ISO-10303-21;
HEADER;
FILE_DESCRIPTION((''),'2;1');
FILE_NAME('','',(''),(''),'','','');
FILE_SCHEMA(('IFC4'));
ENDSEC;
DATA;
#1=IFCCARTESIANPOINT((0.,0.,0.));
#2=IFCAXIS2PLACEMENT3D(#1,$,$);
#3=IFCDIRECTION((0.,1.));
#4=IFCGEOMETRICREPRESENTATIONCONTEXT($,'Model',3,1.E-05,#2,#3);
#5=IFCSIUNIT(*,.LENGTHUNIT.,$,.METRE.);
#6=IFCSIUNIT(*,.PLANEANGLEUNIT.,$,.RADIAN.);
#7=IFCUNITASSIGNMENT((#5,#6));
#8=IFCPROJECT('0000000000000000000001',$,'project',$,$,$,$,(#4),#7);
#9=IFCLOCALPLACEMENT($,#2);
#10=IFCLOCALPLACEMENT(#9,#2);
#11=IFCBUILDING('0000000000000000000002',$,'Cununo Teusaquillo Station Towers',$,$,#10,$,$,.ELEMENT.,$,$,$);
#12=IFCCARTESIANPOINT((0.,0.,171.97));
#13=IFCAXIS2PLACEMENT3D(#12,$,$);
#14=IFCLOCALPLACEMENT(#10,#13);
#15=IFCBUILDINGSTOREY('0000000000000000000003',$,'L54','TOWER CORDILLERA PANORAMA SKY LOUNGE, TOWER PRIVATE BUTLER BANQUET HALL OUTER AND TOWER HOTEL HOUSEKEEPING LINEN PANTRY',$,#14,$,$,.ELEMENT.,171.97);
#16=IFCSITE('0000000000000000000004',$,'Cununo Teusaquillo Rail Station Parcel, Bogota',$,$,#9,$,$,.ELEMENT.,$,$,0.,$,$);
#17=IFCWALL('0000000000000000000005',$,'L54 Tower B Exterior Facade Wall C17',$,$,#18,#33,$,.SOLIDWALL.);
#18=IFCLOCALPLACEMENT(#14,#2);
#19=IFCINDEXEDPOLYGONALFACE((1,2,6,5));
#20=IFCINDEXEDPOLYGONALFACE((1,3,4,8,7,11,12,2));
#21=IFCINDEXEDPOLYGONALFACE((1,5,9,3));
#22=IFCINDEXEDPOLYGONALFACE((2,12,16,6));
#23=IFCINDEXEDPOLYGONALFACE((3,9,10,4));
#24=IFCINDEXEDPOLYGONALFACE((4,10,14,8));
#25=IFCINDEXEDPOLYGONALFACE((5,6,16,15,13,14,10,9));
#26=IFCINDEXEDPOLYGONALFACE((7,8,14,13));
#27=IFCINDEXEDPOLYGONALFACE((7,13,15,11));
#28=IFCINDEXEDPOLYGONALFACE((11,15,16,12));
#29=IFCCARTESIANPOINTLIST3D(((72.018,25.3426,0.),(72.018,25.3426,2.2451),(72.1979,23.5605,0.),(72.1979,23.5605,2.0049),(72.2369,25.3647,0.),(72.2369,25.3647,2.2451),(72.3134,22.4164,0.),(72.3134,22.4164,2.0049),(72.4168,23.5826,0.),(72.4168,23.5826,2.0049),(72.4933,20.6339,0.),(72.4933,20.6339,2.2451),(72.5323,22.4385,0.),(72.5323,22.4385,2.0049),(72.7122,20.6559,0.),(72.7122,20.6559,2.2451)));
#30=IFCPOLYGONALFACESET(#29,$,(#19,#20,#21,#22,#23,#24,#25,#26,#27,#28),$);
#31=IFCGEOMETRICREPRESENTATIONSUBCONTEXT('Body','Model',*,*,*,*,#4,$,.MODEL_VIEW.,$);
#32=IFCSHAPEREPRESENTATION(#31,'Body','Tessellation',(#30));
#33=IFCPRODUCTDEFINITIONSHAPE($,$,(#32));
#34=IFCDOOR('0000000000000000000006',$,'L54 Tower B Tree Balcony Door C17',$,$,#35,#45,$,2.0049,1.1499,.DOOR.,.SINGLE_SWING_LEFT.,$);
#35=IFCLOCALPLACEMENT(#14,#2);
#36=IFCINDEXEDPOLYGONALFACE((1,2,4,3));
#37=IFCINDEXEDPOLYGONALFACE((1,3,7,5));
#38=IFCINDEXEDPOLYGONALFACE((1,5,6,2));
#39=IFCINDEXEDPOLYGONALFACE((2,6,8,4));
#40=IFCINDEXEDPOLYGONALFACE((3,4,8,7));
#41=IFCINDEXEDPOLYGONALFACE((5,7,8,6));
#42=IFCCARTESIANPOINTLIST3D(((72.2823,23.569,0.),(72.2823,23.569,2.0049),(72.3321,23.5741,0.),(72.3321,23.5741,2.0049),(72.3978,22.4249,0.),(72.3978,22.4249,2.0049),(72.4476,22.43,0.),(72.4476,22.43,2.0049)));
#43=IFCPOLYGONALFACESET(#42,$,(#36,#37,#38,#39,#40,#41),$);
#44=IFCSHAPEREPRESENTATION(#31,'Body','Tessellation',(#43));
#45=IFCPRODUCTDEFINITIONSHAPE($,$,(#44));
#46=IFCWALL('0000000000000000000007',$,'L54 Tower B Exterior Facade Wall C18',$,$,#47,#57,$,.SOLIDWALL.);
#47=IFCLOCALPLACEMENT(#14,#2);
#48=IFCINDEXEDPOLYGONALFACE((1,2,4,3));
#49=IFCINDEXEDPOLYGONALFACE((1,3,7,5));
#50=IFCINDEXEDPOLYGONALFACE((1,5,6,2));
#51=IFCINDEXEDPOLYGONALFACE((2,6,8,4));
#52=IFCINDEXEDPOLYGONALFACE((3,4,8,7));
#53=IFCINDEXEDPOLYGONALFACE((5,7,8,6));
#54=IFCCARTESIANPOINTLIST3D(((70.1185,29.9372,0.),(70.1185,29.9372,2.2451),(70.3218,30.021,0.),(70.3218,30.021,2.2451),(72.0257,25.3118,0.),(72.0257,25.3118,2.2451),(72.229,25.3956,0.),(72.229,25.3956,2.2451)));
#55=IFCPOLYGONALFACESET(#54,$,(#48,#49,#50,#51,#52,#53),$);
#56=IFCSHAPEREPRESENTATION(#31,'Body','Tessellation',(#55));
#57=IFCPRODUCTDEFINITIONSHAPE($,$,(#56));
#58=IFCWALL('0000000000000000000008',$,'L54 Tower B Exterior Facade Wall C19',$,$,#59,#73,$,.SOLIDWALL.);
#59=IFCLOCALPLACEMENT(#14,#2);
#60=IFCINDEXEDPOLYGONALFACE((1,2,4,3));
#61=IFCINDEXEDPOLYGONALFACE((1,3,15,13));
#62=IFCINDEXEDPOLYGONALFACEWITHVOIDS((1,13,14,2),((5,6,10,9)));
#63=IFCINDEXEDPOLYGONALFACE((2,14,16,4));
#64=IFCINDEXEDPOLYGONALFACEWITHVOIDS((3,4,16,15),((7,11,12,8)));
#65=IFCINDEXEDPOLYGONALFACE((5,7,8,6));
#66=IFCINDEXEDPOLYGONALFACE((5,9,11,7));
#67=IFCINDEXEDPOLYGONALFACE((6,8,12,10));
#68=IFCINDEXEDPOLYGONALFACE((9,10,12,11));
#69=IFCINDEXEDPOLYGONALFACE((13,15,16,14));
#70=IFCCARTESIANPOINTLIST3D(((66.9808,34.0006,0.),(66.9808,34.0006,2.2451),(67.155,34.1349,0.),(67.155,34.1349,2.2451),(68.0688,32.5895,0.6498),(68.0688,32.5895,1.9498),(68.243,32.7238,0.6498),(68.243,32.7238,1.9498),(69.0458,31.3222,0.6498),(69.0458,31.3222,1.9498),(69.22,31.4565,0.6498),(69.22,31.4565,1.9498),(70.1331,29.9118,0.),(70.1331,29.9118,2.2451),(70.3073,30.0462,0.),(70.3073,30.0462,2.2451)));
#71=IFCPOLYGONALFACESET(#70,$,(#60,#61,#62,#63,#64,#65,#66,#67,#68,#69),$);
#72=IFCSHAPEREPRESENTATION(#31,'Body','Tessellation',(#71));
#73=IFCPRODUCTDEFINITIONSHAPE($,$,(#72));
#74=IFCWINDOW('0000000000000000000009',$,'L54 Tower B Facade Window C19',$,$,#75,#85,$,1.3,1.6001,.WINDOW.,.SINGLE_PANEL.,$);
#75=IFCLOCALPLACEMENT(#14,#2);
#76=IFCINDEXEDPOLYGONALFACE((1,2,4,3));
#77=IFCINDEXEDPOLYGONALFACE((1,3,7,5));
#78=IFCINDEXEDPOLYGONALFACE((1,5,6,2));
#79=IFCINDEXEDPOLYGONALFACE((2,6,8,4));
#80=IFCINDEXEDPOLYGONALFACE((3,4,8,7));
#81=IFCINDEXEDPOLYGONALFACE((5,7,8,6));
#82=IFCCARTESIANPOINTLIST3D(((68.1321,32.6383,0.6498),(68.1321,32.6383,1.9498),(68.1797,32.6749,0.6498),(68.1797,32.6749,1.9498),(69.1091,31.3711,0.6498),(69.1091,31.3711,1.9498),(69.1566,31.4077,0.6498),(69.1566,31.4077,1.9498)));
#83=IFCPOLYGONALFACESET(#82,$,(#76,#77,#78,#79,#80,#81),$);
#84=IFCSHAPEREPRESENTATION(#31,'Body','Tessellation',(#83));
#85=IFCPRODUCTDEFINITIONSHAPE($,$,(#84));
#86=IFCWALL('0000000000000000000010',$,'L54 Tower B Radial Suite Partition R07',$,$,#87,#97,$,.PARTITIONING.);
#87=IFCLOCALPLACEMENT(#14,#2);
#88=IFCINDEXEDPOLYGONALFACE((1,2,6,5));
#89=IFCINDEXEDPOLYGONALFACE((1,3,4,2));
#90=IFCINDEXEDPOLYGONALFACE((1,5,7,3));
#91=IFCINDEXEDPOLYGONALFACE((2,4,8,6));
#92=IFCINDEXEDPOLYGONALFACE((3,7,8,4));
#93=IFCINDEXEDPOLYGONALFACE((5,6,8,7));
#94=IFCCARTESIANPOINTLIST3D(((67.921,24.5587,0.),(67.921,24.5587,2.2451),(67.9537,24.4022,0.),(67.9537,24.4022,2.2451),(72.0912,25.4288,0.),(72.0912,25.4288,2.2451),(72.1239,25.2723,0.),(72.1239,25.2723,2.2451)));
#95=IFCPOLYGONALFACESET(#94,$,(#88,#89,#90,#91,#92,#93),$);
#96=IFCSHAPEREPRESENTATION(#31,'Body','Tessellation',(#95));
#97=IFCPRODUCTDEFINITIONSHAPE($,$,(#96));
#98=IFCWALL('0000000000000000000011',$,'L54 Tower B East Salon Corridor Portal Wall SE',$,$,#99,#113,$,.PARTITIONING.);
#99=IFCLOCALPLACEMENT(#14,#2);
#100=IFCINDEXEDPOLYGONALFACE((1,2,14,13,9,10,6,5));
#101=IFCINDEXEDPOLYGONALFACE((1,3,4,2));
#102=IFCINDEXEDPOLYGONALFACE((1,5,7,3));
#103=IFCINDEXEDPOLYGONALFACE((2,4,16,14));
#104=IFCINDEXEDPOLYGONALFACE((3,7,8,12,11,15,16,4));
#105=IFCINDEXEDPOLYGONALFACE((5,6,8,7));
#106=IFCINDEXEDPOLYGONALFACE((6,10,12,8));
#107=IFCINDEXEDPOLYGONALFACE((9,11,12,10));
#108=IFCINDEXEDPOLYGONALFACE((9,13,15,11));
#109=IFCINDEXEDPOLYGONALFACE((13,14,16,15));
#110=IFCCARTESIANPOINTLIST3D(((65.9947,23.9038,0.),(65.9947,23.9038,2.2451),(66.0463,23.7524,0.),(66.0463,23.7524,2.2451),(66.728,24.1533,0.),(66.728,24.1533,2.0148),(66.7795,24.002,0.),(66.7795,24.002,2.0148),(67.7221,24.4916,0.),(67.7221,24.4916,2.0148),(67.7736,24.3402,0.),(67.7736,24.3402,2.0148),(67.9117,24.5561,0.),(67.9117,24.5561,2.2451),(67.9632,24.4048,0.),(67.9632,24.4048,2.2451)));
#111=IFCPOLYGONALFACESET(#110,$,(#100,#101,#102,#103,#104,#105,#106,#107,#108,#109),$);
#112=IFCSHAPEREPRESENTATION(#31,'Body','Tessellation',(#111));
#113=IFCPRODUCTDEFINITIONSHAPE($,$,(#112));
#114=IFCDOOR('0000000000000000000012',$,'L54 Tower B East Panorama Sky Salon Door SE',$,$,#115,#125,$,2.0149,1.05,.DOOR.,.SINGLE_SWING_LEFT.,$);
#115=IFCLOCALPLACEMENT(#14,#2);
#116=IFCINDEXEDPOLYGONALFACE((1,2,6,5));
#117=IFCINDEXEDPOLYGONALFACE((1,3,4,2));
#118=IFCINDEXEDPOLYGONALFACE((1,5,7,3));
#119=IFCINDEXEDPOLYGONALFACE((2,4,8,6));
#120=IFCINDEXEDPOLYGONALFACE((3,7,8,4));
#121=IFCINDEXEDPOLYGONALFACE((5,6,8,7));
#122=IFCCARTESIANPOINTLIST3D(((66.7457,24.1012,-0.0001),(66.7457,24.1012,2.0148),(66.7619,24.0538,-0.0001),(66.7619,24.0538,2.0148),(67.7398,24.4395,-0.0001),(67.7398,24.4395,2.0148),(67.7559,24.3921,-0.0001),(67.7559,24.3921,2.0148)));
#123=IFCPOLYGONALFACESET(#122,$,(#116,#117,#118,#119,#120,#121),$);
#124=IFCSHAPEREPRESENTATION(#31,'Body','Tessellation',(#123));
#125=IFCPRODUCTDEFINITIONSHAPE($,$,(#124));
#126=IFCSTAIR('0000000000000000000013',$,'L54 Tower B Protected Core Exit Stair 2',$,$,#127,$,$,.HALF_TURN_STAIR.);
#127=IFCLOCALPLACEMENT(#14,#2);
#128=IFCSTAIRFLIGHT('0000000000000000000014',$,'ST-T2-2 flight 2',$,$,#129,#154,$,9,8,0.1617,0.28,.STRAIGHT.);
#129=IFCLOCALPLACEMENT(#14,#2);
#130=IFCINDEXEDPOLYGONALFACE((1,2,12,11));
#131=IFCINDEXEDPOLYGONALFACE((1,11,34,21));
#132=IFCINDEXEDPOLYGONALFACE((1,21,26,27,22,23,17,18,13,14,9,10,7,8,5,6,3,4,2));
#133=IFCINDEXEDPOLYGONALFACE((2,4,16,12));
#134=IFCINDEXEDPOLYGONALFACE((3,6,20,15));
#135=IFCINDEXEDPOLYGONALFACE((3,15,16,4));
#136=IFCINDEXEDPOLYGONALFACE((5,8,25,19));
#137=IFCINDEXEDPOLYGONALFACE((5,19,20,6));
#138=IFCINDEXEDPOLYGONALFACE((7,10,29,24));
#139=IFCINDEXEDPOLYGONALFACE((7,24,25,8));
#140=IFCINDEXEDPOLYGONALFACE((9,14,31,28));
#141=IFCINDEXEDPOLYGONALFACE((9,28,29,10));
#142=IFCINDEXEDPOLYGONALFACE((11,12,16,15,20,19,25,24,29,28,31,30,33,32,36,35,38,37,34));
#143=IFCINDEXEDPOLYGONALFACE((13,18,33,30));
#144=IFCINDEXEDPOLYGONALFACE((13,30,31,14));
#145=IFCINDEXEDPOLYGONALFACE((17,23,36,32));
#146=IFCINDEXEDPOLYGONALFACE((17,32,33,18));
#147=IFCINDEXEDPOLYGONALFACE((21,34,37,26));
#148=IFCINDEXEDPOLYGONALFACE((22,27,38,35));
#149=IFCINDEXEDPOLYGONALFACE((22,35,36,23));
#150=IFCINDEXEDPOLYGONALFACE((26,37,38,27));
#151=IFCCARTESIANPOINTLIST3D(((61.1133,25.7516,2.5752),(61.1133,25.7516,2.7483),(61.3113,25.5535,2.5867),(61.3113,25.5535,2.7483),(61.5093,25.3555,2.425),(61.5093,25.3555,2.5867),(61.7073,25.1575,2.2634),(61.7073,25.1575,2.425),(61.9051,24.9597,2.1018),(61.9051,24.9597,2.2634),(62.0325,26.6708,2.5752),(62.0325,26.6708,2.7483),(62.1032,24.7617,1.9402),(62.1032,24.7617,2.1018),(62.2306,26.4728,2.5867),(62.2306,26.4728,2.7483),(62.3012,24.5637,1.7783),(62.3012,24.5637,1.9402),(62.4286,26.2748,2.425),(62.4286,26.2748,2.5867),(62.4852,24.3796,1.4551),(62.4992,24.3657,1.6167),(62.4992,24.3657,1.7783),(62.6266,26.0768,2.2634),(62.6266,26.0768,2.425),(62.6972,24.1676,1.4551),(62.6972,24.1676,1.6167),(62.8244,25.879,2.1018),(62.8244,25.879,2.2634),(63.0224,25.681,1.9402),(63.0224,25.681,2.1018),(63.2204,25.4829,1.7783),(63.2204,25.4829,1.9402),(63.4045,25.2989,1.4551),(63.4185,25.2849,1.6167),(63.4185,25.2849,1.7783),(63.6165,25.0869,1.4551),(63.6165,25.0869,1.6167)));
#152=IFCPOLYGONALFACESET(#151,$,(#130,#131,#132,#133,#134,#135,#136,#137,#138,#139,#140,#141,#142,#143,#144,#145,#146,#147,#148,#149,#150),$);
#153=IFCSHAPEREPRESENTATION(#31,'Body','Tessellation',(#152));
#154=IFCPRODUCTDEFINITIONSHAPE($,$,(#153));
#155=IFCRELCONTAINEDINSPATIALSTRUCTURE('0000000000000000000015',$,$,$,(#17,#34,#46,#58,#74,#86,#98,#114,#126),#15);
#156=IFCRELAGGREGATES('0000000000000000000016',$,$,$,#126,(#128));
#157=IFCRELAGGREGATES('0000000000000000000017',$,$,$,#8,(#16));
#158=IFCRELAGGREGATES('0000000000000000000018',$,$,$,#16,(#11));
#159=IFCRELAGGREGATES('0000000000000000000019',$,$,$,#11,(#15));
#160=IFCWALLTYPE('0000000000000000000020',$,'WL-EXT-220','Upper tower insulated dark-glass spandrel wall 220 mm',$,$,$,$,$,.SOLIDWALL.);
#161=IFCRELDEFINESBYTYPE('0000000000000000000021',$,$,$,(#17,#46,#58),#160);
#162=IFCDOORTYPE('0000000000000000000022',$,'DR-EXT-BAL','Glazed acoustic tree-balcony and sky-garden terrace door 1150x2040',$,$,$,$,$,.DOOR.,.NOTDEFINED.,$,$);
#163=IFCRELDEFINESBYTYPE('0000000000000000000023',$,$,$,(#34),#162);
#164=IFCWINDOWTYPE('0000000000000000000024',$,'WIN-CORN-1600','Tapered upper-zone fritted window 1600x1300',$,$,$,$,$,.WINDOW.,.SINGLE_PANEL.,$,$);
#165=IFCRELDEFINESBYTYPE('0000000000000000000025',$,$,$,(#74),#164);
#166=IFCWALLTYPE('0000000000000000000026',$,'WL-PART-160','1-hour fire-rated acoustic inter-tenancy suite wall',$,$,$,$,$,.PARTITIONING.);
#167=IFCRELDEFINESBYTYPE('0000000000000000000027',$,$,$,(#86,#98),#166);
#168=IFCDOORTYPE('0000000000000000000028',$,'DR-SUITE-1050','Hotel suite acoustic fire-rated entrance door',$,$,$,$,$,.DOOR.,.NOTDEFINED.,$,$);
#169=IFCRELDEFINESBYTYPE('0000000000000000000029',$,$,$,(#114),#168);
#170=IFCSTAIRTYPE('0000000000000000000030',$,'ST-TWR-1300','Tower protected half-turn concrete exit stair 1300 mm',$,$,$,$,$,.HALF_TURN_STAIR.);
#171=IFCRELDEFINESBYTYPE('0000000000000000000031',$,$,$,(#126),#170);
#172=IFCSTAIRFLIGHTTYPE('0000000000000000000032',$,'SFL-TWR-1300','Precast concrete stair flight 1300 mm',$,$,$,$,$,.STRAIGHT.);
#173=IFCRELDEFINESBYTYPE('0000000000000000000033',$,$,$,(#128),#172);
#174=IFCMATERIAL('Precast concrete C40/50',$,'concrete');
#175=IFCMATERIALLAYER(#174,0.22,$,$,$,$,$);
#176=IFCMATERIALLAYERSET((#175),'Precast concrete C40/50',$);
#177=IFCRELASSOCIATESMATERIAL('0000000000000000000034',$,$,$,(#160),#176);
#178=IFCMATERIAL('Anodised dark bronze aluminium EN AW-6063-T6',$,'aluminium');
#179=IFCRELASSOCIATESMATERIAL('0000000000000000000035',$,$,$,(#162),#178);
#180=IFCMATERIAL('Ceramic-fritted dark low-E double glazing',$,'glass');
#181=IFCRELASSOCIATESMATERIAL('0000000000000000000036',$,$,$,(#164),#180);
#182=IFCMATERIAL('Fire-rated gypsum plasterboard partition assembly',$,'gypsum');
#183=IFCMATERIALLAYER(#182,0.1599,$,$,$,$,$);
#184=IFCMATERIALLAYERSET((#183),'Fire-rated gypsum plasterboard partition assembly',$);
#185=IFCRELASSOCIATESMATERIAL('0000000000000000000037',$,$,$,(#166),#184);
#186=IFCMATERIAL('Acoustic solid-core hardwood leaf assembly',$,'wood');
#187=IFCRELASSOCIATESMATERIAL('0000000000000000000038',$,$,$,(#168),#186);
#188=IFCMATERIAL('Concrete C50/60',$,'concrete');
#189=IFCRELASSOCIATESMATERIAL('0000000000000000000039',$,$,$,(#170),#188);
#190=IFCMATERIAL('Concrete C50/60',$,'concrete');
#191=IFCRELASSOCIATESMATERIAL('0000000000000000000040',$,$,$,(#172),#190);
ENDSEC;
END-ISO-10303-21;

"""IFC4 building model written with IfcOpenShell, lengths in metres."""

from ifc_helpers import new_model, si_unit, direction, frame, frame_2d, origin, place, context, subcontext, project, spatial, polyline, rectangle, outline, extrude, source, transform, mapped, material, layer, layer_set, type_object, element, fill, aggregate, save


model = new_model("IFC4")

# Units and contexts
model_context = context("Model", 3, precision=1e-05, world=origin(), true_north=direction((0.0, 1.0)))
body_context = subcontext(model_context, "Body", "Model", "MODEL_VIEW")
ifc_project = project(units=[si_unit("LENGTHUNIT", "METRE"), si_unit("PLANEANGLEUNIT", "RADIAN")], contexts=[model_context])

# Site, building, storey
site_placement = place(None, origin())
site = spatial("IfcSite", under=ifc_project, at=site_placement, Name="Cununo Teusaquillo Rail Station Parcel, Bogota", CompositionType="ELEMENT", RefElevation=0.0)
building_placement = place(site_placement, origin())
building = spatial("IfcBuilding", under=site, at=building_placement, Name="Cununo Teusaquillo Station Towers", CompositionType="ELEMENT")
storey_placement = place(building_placement, frame((0.0, 0.0, 171.97)))
storey = spatial("IfcBuildingStorey", under=building, at=storey_placement, Name="L54", Description="TOWER CORDILLERA PANORAMA SKY LOUNGE, TOWER PRIVATE BUTLER BANQUET HALL OUTER AND TOWER HOTEL HOUSEKEEPING LINEN PANTRY", CompositionType="ELEMENT", Elevation=171.97)

# Shared definitions
ifc_material_1 = material(Name="Precast concrete C40/50", Category="concrete")
ifc_layer_1 = layer(ifc_material_1, 0.22)
ifc_layer_set_1 = layer_set([ifc_layer_1], Name="Precast concrete C40/50")
wall_type_1 = type_object("IfcWallType", Name="WL-EXT-220", Description="Upper tower insulated dark-glass spandrel wall 220 mm", PredefinedType="SOLIDWALL", material=ifc_layer_set_1)

# Wall, opening, door
wall_1_placement = place(storey_placement, frame((72.1274, 25.3535, 0.0), z_axis=(0.0, 0.0, 1.0), x_axis=(0.100438, -0.994943, 0.0)))
wall_1 = element("IfcWall", 1, at=wall_1_placement, inside=storey, type_object=wall_type_1, Name="L54 Tower B Exterior Facade Wall C17", PredefinedType="SOLIDWALL", context=body_context, shape_type="SweptSolid", body=[
    extrude(rectangle(XDim=4.7327, YDim=0.22, at=frame_2d((2.3662, 0.0))), origin(), (0.0, 0.0, 1.0), 2.2451),
])
shared_shape_1 = source(origin(), body_context, "Body", "SweptSolid", [
    extrude(rectangle(XDim=1.1499, YDim=2.0049, at=frame_2d((0.575, 1.0024))), frame((0.0, 0.1199, 0.0), z_axis=(0.0, -1.0, 0.0), x_axis=(1.0, 0.0, 0.0)), (0.0, 0.0, 1.0), 0.24),
])
opening_1_placement = place(wall_1_placement, frame((1.791, 0.0, 0.0)))
opening_1 = element("IfcOpeningElement", 2, at=opening_1_placement, cuts=wall_1, PredefinedType="OPENING", context=body_context, shape_type="MappedRepresentation", body=[
    mapped(shared_shape_1, transform((0.0, 0.0, 0.0), x_axis=(1.0, 0.0, 0.0), y_axis=(0.0, 1.0, 0.0), z_axis=(0.0, 0.0, 1.0), scale=1.0)),
])
ifc_material_2 = material(Name="Anodised dark bronze aluminium EN AW-6063-T6", Category="aluminium")
door_type_1 = type_object("IfcDoorType", Name="DR-EXT-BAL", Description="Glazed acoustic tree-balcony and sky-garden terrace door 1150x2040", OperationType="NOTDEFINED", PredefinedType="DOOR", material=ifc_material_2)
shared_shape_2 = source(origin(), body_context, "Body", "SweptSolid", [
    extrude(rectangle(XDim=1.1499, YDim=2.0049, at=frame_2d((0.575, 1.0024))), frame((0.0, 0.0249, 0.0), z_axis=(0.0, -1.0, 0.0), x_axis=(1.0, 0.0, 0.0)), (0.0, 0.0, 1.0), 0.05),
])
door_1_placement = place(opening_1_placement, origin())
door_1 = element("IfcDoor", 3, at=door_1_placement, inside=storey, type_object=door_type_1, Name="L54 Tower B Tree Balcony Door C17", OperationType="SINGLE_SWING_LEFT", OverallHeight=2.0049, OverallWidth=1.1499, PredefinedType="DOOR", context=body_context, shape_type="MappedRepresentation", body=[
    mapped(shared_shape_2, transform((0.0, 0.0, 0.0), x_axis=(1.0, 0.0, 0.0), y_axis=(0.0, 1.0, 0.0), z_axis=(0.0, 0.0, 1.0), scale=1.0)),
])
fill(opening_1, door_1)

# Wall
wall_2_placement = place(storey_placement, frame((70.2202, 29.979, 0.0), z_axis=(0.0, 0.0, 1.0), x_axis=(0.381196, -0.924494, 0.0)))
element("IfcWall", 4, at=wall_2_placement, inside=storey, type_object=wall_type_1, Name="L54 Tower B Exterior Facade Wall C18", PredefinedType="SOLIDWALL", context=body_context, shape_type="SweptSolid", body=[
    extrude(rectangle(XDim=5.0032, YDim=0.22, at=frame_2d((2.5015, 0.0))), origin(), (0.0, 0.0, 1.0), 2.2451),
])

# Wall, opening, window
wall_3_placement = place(storey_placement, frame((67.0679, 34.0679, 0.0), z_axis=(0.0, 0.0, 1.0), x_axis=(0.61057, -0.791963, 0.0)))
wall_3 = element("IfcWall", 5, at=wall_3_placement, inside=storey, type_object=wall_type_1, Name="L54 Tower B Exterior Facade Wall C19", PredefinedType="SOLIDWALL", context=body_context, shape_type="SweptSolid", body=[
    extrude(rectangle(XDim=5.1628, YDim=0.22, at=frame_2d((2.5815, 0.0))), origin(), (0.0, 0.0, 1.0), 2.2451),
])
shared_shape_3 = source(origin(), body_context, "Body", "SweptSolid", [
    extrude(rectangle(XDim=1.6001, YDim=1.3, at=frame_2d((0.8, 0.6499))), frame((0.0, 0.1199, 0.0), z_axis=(0.0, -1.0, 0.0), x_axis=(1.0, 0.0, 0.0)), (0.0, 0.0, 1.0), 0.24),
])
opening_2_placement = place(wall_3_placement, frame((1.782, 0.0, 0.6499)))
opening_2 = element("IfcOpeningElement", 6, at=opening_2_placement, cuts=wall_3, PredefinedType="OPENING", context=body_context, shape_type="MappedRepresentation", body=[
    mapped(shared_shape_3, transform((0.0, 0.0, 0.0), x_axis=(1.0, 0.0, 0.0), y_axis=(0.0, 1.0, 0.0), z_axis=(0.0, 0.0, 1.0), scale=1.0)),
])
ifc_material_3 = material(Name="Ceramic-fritted dark low-E double glazing", Category="glass")
window_type = type_object("IfcWindowType", Name="WIN-CORN-1600", Description="Tapered upper-zone fritted window 1600x1300", PartitioningType="SINGLE_PANEL", PredefinedType="WINDOW", material=ifc_material_3)
shared_shape_4 = source(origin(), body_context, "Body", "SweptSolid", [
    extrude(rectangle(XDim=1.6001, YDim=1.3, at=frame_2d((0.8, 0.6499))), frame((0.0, 0.03, 0.0), z_axis=(0.0, -1.0, 0.0), x_axis=(1.0, 0.0, 0.0)), (0.0, 0.0, 1.0), 0.0601),
])
window_placement = place(opening_2_placement, origin())
window = element("IfcWindow", 7, at=window_placement, inside=storey, type_object=window_type, Name="L54 Tower B Facade Window C19", OverallHeight=1.3, OverallWidth=1.6001, PartitioningType="SINGLE_PANEL", PredefinedType="WINDOW", context=body_context, shape_type="MappedRepresentation", body=[
    mapped(shared_shape_4, transform((0.0, 0.0, 0.0), x_axis=(1.0, 0.0, 0.0), y_axis=(0.0, 1.0, 0.0), z_axis=(0.0, 0.0, 1.0), scale=1.0)),
])
fill(opening_2, window)

# Wall
ifc_material_4 = material(Name="Fire-rated gypsum plasterboard partition assembly", Category="gypsum")
ifc_layer_2 = layer(ifc_material_4, 0.1599)
ifc_layer_set_2 = layer_set([ifc_layer_2], Name="Fire-rated gypsum plasterboard partition assembly")
wall_type_2 = type_object("IfcWallType", Name="WL-PART-160", Description="1-hour fire-rated acoustic inter-tenancy suite wall", PredefinedType="PARTITIONING", material=ifc_layer_set_2)
wall_4_placement = place(storey_placement, frame((67.9375, 24.4805, 0.0), z_axis=(0.0, 0.0, 1.0), x_axis=(0.978918, 0.204254, 0.0)))
element("IfcWall", 8, at=wall_4_placement, inside=storey, type_object=wall_type_2, Name="L54 Tower B Radial Suite Partition R07", PredefinedType="PARTITIONING", context=body_context, shape_type="SweptSolid", body=[
    extrude(rectangle(XDim=4.26, YDim=0.1599, at=frame_2d((2.1299, 0.0))), origin(), (0.0, 0.0, 1.0), 2.2451),
])

# Wall, opening, door
wall_5_placement = place(storey_placement, frame((66.0205, 23.8281, 0.0), z_axis=(0.0, 0.0, 1.0), x_axis=(0.946687, 0.322153, 0.0)))
wall_5 = element("IfcWall", 9, at=wall_5_placement, inside=storey, type_object=wall_type_2, Name="L54 Tower B East Salon Corridor Portal Wall SE", PredefinedType="PARTITIONING", context=body_context, shape_type="SweptSolid", body=[
    extrude(rectangle(XDim=2.0249, YDim=0.1599, at=frame_2d((1.0125, 0.0))), origin(), (0.0, 0.0, 1.0), 2.2451),
])
shared_shape_5 = source(origin(), body_context, "Body", "SweptSolid", [
    extrude(rectangle(XDim=1.05, YDim=2.0149, at=frame_2d((0.5249, 1.0073))), frame((0.0, 0.0898, 0.0), z_axis=(0.0, -1.0, 0.0), x_axis=(1.0, 0.0, 0.0)), (0.0, 0.0, 1.0), 0.1799),
])
opening_3_placement = place(wall_5_placement, frame((0.7747, 0.0, 0.0)))
opening_3 = element("IfcOpeningElement", 10, at=opening_3_placement, cuts=wall_5, PredefinedType="OPENING", context=body_context, shape_type="MappedRepresentation", body=[
    mapped(shared_shape_5, transform((0.0, 0.0, 0.0), x_axis=(1.0, 0.0, 0.0), y_axis=(0.0, 1.0, 0.0), z_axis=(0.0, 0.0, 1.0), scale=1.0)),
])
ifc_material_5 = material(Name="Acoustic solid-core hardwood leaf assembly", Category="wood")
door_type_2 = type_object("IfcDoorType", Name="DR-SUITE-1050", Description="Hotel suite acoustic fire-rated entrance door", OperationType="NOTDEFINED", PredefinedType="DOOR", material=ifc_material_5)
shared_shape_6 = source(origin(), body_context, "Body", "SweptSolid", [
    extrude(rectangle(XDim=1.05, YDim=2.0149, at=frame_2d((0.5249, 1.0073))), frame((0.0, 0.0249, 0.0), z_axis=(0.0, -1.0, 0.0), x_axis=(1.0, 0.0, 0.0)), (0.0, 0.0, 1.0), 0.05),
])
door_2_placement = place(opening_3_placement, origin())
door_2 = element("IfcDoor", 11, at=door_2_placement, inside=storey, type_object=door_type_2, Name="L54 Tower B East Panorama Sky Salon Door SE", OperationType="SINGLE_SWING_LEFT", OverallHeight=2.0149, OverallWidth=1.05, PredefinedType="DOOR", context=body_context, shape_type="MappedRepresentation", body=[
    mapped(shared_shape_6, transform((0.0, 0.0, 0.0), x_axis=(1.0, 0.0, 0.0), y_axis=(0.0, 1.0, 0.0), z_axis=(0.0, 0.0, 1.0), scale=1.0)),
])
fill(opening_3, door_2)

# Stair, stair flight
ifc_material_6 = material(Name="Concrete C50/60", Category="concrete")
stair_type = type_object("IfcStairType", Name="ST-TWR-1300", Description="Tower protected half-turn concrete exit stair 1300 mm", PredefinedType="HALF_TURN_STAIR", material=ifc_material_6)
stair_placement = place(storey_placement, origin())
stair = element("IfcStair", 12, at=stair_placement, inside=storey, type_object=stair_type, Name="L54 Tower B Protected Core Exit Stair 2", PredefinedType="HALF_TURN_STAIR")
ifc_material_7 = material(Name="Concrete C50/60", Category="concrete")
stair_flight_type = type_object("IfcStairFlightType", Name="SFL-TWR-1300", Description="Precast concrete stair flight 1300 mm", PredefinedType="STRAIGHT", material=ifc_material_7)
stair_flight_placement = place(storey_placement, frame((63.1567, 24.6272, 1.4551), z_axis=(0.0, 0.0, 1.0), x_axis=(-0.707107, 0.707107, 0.0)))
stair_flight = element("IfcStairFlight", 13, at=stair_flight_placement, type_object=stair_flight_type, Name="ST-T2-2 flight 2", NumberOfRisers=9, NumberOfTreads=8, PredefinedType="STRAIGHT", RiserHeight=0.1617, TreadLength=0.28, context=body_context, shape_type="SweptSolid", body=[
    extrude(outline(polyline([(0.0, 0.0), (0.0, 0.1616), (0.28, 0.1616), (0.28, 0.3232), (0.5601, 0.3232), (0.5601, 0.4851), (0.8401, 0.4851), (0.8401, 0.6467), (1.1201, 0.6467), (1.1201, 0.8083), (1.3999, 0.8083), (1.3999, 0.97), (1.6799, 0.97), (1.6799, 1.1316), (1.96, 1.1316), (1.96, 1.2932), (2.24, 1.2932), (2.24, 1.4551), (2.24, 1.1201), (0.2998, 0.0), (0.0, 0.0)])), frame((0.0, 0.6499, 0.0), z_axis=(0.0, -1.0, 0.0), x_axis=(1.0, 0.0, 0.0)), (0.0, 0.0, 1.0), 1.3),
])
aggregate(stair, [stair_flight])

save(model, "model.ifc")
